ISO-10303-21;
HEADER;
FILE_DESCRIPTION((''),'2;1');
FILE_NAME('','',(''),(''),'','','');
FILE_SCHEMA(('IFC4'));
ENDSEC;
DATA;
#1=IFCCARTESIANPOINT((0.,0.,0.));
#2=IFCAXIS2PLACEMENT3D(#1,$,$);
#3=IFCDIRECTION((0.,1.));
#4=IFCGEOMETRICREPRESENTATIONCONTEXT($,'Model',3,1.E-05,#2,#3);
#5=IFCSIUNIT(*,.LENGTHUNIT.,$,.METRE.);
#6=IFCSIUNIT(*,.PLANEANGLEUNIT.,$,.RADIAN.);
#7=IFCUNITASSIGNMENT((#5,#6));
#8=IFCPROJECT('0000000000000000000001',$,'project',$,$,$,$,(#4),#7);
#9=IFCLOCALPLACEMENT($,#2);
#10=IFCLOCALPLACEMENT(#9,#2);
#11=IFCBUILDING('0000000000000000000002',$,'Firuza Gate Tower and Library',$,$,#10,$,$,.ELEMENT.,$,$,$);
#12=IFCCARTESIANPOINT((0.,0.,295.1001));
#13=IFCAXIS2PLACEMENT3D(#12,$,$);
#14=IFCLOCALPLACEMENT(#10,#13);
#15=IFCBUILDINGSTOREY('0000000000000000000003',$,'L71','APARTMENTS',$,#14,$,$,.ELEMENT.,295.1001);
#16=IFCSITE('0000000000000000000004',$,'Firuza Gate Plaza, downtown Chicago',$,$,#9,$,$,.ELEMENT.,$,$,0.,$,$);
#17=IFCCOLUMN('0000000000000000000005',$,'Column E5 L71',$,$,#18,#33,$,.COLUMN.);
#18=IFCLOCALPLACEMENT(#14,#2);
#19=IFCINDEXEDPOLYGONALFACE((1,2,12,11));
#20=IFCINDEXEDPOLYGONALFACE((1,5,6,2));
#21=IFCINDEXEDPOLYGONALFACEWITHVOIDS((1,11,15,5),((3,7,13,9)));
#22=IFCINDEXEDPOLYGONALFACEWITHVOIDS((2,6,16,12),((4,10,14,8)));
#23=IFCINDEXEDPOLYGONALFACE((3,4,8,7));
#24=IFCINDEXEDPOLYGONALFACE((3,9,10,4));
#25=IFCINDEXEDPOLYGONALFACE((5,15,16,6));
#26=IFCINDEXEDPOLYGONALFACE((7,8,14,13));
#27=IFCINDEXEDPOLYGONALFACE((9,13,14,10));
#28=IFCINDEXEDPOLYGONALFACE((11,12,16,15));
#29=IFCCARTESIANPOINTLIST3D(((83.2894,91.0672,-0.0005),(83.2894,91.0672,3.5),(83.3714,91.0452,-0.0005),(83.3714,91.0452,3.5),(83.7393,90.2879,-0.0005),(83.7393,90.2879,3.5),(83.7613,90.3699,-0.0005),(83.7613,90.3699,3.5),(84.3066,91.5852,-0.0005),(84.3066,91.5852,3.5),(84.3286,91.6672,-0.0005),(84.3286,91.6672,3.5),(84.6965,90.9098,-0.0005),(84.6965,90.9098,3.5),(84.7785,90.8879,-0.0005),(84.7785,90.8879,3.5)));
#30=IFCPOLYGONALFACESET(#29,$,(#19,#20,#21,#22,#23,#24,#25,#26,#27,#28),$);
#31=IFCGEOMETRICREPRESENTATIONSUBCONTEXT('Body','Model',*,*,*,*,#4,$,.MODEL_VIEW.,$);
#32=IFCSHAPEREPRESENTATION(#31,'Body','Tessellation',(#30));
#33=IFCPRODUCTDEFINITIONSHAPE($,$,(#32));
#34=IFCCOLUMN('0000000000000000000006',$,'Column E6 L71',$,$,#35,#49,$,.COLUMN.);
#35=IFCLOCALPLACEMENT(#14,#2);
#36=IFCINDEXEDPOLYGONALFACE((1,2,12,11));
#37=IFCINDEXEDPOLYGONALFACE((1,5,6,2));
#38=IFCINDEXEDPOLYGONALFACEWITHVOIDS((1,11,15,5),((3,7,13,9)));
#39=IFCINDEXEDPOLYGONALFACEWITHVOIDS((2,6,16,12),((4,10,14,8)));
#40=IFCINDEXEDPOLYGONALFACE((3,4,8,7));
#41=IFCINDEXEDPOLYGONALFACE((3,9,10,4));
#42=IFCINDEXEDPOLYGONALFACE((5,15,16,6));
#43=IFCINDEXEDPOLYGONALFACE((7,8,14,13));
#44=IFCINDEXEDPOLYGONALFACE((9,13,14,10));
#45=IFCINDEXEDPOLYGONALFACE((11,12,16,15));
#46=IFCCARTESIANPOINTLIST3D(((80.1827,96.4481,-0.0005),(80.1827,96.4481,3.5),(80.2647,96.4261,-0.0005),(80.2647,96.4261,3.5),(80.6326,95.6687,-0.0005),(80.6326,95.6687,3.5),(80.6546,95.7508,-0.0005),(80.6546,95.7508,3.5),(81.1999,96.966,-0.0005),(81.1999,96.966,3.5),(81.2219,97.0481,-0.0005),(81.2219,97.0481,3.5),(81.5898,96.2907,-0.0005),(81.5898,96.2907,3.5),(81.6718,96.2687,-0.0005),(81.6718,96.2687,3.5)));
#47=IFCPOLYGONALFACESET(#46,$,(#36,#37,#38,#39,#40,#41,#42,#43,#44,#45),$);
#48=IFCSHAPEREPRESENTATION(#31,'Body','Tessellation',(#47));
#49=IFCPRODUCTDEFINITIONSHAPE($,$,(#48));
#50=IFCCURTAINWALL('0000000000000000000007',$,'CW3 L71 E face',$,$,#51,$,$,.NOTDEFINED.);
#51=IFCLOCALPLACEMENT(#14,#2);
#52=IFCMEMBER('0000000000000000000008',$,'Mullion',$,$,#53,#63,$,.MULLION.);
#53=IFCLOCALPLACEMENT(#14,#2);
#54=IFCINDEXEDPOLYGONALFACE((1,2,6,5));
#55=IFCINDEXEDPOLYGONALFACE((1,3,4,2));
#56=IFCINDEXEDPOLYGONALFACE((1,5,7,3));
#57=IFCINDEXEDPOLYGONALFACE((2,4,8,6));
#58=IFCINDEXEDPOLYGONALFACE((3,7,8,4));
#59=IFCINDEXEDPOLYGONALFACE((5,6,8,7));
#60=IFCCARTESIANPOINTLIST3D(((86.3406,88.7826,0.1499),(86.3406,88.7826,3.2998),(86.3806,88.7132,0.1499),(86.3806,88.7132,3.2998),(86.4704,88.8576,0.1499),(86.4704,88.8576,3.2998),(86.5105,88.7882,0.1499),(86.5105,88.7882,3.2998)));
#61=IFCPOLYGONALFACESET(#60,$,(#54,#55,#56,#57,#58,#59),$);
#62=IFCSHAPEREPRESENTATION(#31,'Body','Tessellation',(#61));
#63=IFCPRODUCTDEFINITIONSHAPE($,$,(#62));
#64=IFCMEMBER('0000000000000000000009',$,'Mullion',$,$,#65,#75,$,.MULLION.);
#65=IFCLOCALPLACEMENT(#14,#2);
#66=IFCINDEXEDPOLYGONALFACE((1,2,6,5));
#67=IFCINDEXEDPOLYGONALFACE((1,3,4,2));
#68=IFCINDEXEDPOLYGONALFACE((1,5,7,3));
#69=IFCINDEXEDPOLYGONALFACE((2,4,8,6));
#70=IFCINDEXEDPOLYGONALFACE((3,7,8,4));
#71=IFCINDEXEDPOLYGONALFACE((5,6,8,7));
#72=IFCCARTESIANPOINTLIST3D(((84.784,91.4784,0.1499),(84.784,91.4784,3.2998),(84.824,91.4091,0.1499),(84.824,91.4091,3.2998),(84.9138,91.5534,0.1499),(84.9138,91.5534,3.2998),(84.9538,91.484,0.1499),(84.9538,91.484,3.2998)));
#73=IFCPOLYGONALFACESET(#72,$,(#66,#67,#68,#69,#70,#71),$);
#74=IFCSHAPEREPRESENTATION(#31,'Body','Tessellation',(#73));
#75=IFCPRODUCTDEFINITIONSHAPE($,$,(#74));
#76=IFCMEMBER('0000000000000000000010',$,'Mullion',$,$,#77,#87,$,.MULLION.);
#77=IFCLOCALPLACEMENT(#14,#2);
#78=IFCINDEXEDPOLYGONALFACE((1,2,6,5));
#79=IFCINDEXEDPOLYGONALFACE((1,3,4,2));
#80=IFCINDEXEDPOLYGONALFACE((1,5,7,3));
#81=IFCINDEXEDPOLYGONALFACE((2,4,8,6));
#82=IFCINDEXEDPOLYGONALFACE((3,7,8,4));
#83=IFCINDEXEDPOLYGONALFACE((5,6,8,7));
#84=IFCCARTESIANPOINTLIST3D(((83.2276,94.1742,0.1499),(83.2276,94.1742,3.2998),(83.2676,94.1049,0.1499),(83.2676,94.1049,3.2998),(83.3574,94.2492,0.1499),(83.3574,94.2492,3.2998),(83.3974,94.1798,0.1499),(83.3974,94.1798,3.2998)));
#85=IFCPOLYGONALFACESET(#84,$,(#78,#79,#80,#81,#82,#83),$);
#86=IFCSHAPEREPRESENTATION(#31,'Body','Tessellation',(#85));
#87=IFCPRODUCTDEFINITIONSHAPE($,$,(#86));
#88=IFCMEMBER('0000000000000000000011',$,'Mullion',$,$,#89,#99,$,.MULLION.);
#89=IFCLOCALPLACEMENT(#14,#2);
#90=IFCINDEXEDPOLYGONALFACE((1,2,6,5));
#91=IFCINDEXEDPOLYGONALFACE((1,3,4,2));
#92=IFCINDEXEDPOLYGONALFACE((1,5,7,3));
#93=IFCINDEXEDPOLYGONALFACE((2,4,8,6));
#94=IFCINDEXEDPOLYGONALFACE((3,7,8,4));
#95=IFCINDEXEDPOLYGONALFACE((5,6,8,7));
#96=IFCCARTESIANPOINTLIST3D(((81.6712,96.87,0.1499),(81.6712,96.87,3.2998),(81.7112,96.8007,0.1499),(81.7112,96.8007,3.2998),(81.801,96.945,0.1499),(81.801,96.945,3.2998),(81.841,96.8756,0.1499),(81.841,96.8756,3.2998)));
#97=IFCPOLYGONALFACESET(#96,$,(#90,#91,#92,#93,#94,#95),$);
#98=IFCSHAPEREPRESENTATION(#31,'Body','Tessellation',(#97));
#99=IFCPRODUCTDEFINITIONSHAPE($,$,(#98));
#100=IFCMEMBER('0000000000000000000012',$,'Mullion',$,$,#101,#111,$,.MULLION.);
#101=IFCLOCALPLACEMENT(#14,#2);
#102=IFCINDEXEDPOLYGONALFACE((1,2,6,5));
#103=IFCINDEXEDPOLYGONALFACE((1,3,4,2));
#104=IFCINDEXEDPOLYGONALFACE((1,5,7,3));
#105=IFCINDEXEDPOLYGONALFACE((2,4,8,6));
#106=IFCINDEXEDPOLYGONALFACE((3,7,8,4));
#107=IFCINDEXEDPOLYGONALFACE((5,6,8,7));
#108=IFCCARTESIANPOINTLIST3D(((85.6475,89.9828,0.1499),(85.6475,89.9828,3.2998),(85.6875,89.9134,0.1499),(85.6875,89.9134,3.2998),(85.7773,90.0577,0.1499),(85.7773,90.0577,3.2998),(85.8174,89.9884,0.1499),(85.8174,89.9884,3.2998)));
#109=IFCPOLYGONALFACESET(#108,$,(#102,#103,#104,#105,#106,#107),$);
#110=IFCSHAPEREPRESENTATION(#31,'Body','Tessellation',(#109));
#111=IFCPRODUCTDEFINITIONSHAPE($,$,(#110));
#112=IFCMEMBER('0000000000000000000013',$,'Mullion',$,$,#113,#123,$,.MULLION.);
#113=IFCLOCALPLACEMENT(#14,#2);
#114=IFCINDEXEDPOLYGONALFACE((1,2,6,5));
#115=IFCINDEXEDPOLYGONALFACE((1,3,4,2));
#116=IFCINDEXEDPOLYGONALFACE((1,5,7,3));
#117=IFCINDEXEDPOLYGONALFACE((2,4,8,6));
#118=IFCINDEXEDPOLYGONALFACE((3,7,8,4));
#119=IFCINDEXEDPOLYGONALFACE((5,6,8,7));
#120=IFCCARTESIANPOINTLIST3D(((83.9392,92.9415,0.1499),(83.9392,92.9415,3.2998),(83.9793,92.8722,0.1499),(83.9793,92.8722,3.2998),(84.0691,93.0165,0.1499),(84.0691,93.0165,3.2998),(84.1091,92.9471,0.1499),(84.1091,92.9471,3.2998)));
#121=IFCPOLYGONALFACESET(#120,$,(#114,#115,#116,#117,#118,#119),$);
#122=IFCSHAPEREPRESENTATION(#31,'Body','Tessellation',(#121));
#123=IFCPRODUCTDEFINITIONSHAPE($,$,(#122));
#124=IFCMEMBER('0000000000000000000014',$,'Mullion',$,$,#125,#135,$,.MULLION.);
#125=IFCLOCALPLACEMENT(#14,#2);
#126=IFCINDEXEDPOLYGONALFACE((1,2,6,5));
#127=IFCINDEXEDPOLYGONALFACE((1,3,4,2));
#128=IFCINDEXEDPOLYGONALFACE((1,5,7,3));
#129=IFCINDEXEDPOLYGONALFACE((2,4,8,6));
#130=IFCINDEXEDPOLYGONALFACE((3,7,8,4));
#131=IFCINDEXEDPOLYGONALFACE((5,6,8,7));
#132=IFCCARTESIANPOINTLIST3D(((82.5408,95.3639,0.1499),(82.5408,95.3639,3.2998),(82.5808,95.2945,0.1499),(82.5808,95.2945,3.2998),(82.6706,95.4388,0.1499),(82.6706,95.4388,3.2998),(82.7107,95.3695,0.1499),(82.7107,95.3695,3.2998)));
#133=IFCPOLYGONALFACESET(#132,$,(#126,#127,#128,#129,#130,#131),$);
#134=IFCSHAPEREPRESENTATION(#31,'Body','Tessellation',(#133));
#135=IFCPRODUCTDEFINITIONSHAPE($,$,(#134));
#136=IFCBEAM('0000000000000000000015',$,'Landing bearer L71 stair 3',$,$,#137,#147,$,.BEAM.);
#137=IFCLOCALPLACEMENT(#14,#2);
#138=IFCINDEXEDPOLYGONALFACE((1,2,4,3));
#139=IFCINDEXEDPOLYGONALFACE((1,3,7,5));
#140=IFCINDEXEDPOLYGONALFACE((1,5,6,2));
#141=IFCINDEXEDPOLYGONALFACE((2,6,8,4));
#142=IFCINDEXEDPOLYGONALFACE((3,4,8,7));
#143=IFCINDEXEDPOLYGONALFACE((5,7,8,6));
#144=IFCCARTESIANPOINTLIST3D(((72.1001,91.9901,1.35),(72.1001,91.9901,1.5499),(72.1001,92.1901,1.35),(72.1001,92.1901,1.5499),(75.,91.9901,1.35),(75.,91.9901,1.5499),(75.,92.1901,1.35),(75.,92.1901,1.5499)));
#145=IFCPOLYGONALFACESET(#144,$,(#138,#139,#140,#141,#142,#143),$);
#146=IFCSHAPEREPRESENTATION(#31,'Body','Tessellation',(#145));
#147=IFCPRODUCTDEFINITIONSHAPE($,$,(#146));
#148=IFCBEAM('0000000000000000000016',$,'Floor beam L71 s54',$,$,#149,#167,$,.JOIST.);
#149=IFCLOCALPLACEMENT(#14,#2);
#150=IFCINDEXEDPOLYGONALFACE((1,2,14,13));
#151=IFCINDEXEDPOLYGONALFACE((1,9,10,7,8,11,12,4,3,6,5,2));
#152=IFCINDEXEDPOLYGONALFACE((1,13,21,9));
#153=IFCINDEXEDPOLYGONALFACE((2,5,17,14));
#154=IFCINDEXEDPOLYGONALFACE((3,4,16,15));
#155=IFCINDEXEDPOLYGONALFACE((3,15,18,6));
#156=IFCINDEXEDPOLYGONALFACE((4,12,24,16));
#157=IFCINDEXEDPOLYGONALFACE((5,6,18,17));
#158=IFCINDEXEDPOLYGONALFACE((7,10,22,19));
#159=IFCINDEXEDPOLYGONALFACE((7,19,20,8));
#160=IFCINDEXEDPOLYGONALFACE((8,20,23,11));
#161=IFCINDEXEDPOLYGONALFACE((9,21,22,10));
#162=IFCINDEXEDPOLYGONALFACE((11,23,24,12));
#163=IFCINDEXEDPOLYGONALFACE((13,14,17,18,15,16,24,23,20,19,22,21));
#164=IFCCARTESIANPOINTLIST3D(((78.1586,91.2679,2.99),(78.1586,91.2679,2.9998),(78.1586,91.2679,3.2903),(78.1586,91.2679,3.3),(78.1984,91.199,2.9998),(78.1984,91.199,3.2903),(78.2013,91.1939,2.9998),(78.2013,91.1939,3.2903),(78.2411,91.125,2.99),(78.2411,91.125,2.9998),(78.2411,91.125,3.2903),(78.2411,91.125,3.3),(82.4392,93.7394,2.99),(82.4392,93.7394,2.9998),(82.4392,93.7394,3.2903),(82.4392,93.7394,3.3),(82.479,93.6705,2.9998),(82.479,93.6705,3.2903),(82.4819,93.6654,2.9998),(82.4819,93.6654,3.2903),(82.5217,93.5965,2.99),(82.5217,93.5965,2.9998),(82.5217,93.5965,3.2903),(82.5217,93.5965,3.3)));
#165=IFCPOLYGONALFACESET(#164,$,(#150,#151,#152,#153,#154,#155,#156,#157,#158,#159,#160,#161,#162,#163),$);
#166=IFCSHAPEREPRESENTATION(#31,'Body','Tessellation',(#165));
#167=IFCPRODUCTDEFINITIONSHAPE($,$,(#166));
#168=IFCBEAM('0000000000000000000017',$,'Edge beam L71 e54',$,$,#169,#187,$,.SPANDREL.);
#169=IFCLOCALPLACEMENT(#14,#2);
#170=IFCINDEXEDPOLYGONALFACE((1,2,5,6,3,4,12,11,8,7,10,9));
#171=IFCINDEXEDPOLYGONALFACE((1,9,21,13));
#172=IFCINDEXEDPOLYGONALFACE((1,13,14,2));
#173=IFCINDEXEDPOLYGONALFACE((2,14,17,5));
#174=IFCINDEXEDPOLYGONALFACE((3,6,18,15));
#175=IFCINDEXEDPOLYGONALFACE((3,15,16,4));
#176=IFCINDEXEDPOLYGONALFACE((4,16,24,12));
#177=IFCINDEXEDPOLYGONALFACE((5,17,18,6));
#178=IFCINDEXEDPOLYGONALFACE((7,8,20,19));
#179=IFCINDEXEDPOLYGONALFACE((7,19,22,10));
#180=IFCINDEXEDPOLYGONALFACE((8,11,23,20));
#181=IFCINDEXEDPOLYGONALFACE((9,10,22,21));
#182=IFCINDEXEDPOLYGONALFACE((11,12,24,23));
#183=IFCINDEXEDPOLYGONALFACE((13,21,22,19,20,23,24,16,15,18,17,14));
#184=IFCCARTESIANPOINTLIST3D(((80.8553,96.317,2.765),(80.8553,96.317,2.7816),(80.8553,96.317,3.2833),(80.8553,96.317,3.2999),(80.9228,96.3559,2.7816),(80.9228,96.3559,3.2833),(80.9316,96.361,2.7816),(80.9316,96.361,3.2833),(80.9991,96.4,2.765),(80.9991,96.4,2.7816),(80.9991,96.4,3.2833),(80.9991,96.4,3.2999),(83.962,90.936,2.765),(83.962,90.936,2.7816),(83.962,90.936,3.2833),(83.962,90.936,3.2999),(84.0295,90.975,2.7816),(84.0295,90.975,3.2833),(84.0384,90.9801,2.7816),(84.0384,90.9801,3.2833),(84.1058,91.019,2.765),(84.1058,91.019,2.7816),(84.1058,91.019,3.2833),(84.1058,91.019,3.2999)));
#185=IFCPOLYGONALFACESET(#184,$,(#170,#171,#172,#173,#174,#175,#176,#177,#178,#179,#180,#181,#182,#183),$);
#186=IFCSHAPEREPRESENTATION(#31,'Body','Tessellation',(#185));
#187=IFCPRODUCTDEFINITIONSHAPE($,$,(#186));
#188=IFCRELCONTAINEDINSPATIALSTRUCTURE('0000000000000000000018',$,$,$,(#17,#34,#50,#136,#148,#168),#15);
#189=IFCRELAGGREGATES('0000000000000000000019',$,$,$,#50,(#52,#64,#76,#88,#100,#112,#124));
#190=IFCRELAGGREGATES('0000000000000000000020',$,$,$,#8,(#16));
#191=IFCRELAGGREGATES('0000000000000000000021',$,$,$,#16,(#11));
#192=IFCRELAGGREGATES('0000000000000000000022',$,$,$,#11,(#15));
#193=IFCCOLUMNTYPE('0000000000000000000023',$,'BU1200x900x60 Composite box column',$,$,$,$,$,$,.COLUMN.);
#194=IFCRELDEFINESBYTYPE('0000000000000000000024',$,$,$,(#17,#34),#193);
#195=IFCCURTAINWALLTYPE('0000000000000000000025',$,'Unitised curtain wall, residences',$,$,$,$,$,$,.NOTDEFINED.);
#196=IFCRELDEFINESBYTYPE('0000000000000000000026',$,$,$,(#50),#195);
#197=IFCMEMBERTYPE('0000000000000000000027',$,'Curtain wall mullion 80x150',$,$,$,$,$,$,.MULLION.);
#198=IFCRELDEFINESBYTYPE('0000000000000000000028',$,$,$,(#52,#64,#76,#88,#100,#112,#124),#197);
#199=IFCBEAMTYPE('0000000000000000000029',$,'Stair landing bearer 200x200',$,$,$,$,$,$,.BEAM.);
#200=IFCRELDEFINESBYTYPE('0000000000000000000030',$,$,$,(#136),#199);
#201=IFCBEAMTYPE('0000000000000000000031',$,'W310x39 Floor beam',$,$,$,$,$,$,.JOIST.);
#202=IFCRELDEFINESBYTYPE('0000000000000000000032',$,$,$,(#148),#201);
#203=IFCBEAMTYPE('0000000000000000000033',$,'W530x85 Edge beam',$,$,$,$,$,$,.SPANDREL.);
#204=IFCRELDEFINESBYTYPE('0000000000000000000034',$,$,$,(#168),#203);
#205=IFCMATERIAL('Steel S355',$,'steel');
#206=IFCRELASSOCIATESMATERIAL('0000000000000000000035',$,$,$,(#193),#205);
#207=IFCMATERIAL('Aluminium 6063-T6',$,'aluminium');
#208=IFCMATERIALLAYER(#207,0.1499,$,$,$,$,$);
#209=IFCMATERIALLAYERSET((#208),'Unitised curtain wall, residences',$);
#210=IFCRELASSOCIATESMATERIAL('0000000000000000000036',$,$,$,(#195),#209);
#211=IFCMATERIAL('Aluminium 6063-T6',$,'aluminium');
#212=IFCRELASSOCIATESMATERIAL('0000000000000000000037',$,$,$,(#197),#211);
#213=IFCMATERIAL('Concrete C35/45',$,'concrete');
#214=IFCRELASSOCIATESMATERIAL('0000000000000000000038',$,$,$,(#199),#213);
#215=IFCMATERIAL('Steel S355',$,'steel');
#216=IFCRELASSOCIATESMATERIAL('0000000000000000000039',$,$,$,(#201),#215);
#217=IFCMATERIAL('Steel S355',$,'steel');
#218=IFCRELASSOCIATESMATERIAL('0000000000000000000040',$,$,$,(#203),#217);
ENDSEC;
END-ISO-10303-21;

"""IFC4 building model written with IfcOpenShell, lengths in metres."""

from ifc_helpers import new_model, si_unit, direction, frame, origin, origin_2d, place, context, subcontext, project, spatial, rectangle, hollow_rectangle, i_section, extrude, material, layer, layer_set, material_profile, profile_set, type_object, element, aggregate, save


model = new_model("IFC4")

# Units and contexts
model_context = context("Model", 3, precision=1e-05, world=origin(), true_north=direction((0.0, 1.0)))
body_context = subcontext(model_context, "Body", "Model", "MODEL_VIEW")
ifc_project = project(units=[si_unit("LENGTHUNIT", "METRE"), si_unit("PLANEANGLEUNIT", "RADIAN")], contexts=[model_context])

# Site, building, storey
site_placement = place(None, origin())
site = spatial("IfcSite", under=ifc_project, at=site_placement, Name="Firuza Gate Plaza, downtown Chicago", CompositionType="ELEMENT", RefElevation=0.0)
building_placement = place(site_placement, origin())
building = spatial("IfcBuilding", under=site, at=building_placement, Name="Firuza Gate Tower and Library", CompositionType="ELEMENT")
storey_placement = place(building_placement, frame((0.0, 0.0, 295.1001)))
storey = spatial("IfcBuildingStorey", under=building, at=storey_placement, Name="L71", Description="APARTMENTS", CompositionType="ELEMENT", Elevation=295.1001)

# Columns
ifc_material_1 = material(Name="Steel S355", Category="steel")
ifc_material_profile_1 = material_profile(ifc_material_1, hollow_rectangle(XDim=0.8999, YDim=1.2, WallThickness=0.0601, at=origin_2d()))
ifc_profile_set_1 = profile_set([ifc_material_profile_1], Name="Steel S355")
column_type = type_object("IfcColumnType", Name="BU1200x900x60 Composite box column", PredefinedType="COLUMN", material=ifc_profile_set_1)
for number, where, z_axis, x_axis, name in (
    (1, (84.0339, 90.9775, -0.0005), (0.0, 0.0, 1.0), (-0.5, 0.866025, 0.0), "Column E5 L71"),
    (2, (80.9272, 96.3584, -0.0005), (0.0, 0.0, 1.0), (-0.5, 0.866025, 0.0), "Column E6 L71"),
):
    element("IfcColumn", number, at=place(storey_placement, frame(where, z_axis=z_axis, x_axis=x_axis)), inside=storey, type_object=column_type, Name=name, PredefinedType="COLUMN", context=body_context, shape_type="SweptSolid", body=[
        extrude(hollow_rectangle(XDim=0.8999, YDim=1.2, WallThickness=0.0601, at=origin_2d()), origin(), (0.0, 0.0, 1.0), 3.5005),
    ])

# Curtain wall, members
ifc_material_2 = material(Name="Aluminium 6063-T6", Category="aluminium")
ifc_layer_1 = layer(ifc_material_2, 0.1499)
ifc_layer_set_1 = layer_set([ifc_layer_1], Name="Unitised curtain wall, residences")
curtain_wall_type = type_object("IfcCurtainWallType", Name="Unitised curtain wall, residences", PredefinedType="NOTDEFINED", material=ifc_layer_set_1)
curtain_wall_placement = place(storey_placement, origin())
curtain_wall = element("IfcCurtainWall", 3, at=curtain_wall_placement, inside=storey, type_object=curtain_wall_type, Name="CW3 L71 E face", PredefinedType="NOTDEFINED")
ifc_material_3 = material(Name="Aluminium 6063-T6", Category="aluminium")
ifc_material_profile_2 = material_profile(ifc_material_3, rectangle(XDim=0.1499, YDim=0.0801, at=origin_2d()))
ifc_profile_set_2 = profile_set([ifc_material_profile_2], Name="Aluminium 6063-T6")
member_type = type_object("IfcMemberType", Name="Curtain wall mullion 80x150", PredefinedType="MULLION", material=ifc_profile_set_2)
member_1_placement = place(storey_placement, frame((86.4255, 88.7854, 0.1499), z_axis=(0.0, 0.0, 1.0), x_axis=(-0.866025, -0.5, 0.0)))
member_1 = element("IfcMember", 4, at=member_1_placement, type_object=member_type, Name="Mullion", PredefinedType="MULLION", context=body_context, shape_type="SweptSolid", body=[
    extrude(rectangle(XDim=0.1499, YDim=0.0801, at=origin_2d()), origin(), (0.0, 0.0, 1.0), 3.1499),
])
member_2_placement = place(storey_placement, frame((84.8689, 91.4812, 0.1499), z_axis=(0.0, 0.0, 1.0), x_axis=(-0.866025, -0.5, 0.0)))
member_2 = element("IfcMember", 5, at=member_2_placement, type_object=member_type, Name="Mullion", PredefinedType="MULLION", context=body_context, shape_type="SweptSolid", body=[
    extrude(rectangle(XDim=0.1499, YDim=0.0801, at=origin_2d()), origin(), (0.0, 0.0, 1.0), 3.1499),
])
member_3_placement = place(storey_placement, frame((83.3125, 94.177, 0.1499), z_axis=(0.0, 0.0, 1.0), x_axis=(-0.866025, -0.5, 0.0)))
member_3 = element("IfcMember", 6, at=member_3_placement, type_object=member_type, Name="Mullion", PredefinedType="MULLION", context=body_context, shape_type="SweptSolid", body=[
    extrude(rectangle(XDim=0.1499, YDim=0.0801, at=origin_2d()), origin(), (0.0, 0.0, 1.0), 3.1499),
])
member_4_placement = place(storey_placement, frame((81.7561, 96.8728, 0.1499), z_axis=(0.0, 0.0, 1.0), x_axis=(-0.866025, -0.5, 0.0)))
member_4 = element("IfcMember", 7, at=member_4_placement, type_object=member_type, Name="Mullion", PredefinedType="MULLION", context=body_context, shape_type="SweptSolid", body=[
    extrude(rectangle(XDim=0.1499, YDim=0.0801, at=origin_2d()), origin(), (0.0, 0.0, 1.0), 3.1499),
])
member_5_placement = place(storey_placement, frame((85.7324, 89.9856, 0.1499), z_axis=(0.0, 0.0, 1.0), x_axis=(-0.866025, -0.5, 0.0)))
member_5 = element("IfcMember", 8, at=member_5_placement, type_object=member_type, Name="Mullion", PredefinedType="MULLION", context=body_context, shape_type="SweptSolid", body=[
    extrude(rectangle(XDim=0.1499, YDim=0.0801, at=origin_2d()), origin(), (0.0, 0.0, 1.0), 3.1499),
])
member_6_placement = place(storey_placement, frame((84.0242, 92.9443, 0.1499), z_axis=(0.0, 0.0, 1.0), x_axis=(-0.866025, -0.5, 0.0)))
member_6 = element("IfcMember", 9, at=member_6_placement, type_object=member_type, Name="Mullion", PredefinedType="MULLION", context=body_context, shape_type="SweptSolid", body=[
    extrude(rectangle(XDim=0.1499, YDim=0.0801, at=origin_2d()), origin(), (0.0, 0.0, 1.0), 3.1499),
])
member_7_placement = place(storey_placement, frame((82.6257, 95.3667, 0.1499), z_axis=(0.0, 0.0, 1.0), x_axis=(-0.866025, -0.5, 0.0)))
member_7 = element("IfcMember", 10, at=member_7_placement, type_object=member_type, Name="Mullion", PredefinedType="MULLION", context=body_context, shape_type="SweptSolid", body=[
    extrude(rectangle(XDim=0.1499, YDim=0.0801, at=origin_2d()), origin(), (0.0, 0.0, 1.0), 3.1499),
])

# Beams
ifc_material_4 = material(Name="Concrete C35/45", Category="concrete")
ifc_material_profile_3 = material_profile(ifc_material_4, rectangle(XDim=0.2, YDim=0.2, at=origin_2d()))
ifc_profile_set_3 = profile_set([ifc_material_profile_3], Name="Concrete C35/45")
beam_type_1 = type_object("IfcBeamType", Name="Stair landing bearer 200x200", PredefinedType="BEAM", material=ifc_profile_set_3)
beam_1_placement = place(storey_placement, frame((75.0, 92.0901, 1.45), z_axis=(-1.0, 0.0, 0.0), x_axis=(0.0, -1.0, 0.0)))
element("IfcBeam", 11, at=beam_1_placement, inside=storey, type_object=beam_type_1, Name="Landing bearer L71 stair 3", PredefinedType="BEAM", context=body_context, shape_type="SweptSolid", body=[
    extrude(rectangle(XDim=0.2, YDim=0.2, at=origin_2d()), origin(), (0.0, 0.0, 1.0), 2.8999),
])
ifc_material_5 = material(Name="Steel S355", Category="steel")
ifc_material_profile_4 = material_profile(ifc_material_5, i_section(OverallWidth=0.165, OverallDepth=0.3101, WebThickness=0.0059, FlangeThickness=0.0098, at=origin_2d()))
ifc_profile_set_4 = profile_set([ifc_material_profile_4], Name="Steel S355")
beam_type_2 = type_object("IfcBeamType", Name="W310x39 Floor beam", PredefinedType="JOIST", material=ifc_profile_set_4)
beam_2_placement = place(storey_placement, frame((82.4805, 93.668, 3.145), z_axis=(-0.866019, -0.500012, 0.0), x_axis=(0.500012, -0.866019, 0.0)))
element("IfcBeam", 12, at=beam_2_placement, inside=storey, type_object=beam_type_2, Name="Floor beam L71 s54", PredefinedType="JOIST", context=body_context, shape_type="SweptSolid", body=[
    extrude(i_section(OverallWidth=0.165, OverallDepth=0.3101, WebThickness=0.0059, FlangeThickness=0.0098, at=origin_2d()), origin(), (0.0, 0.0, 1.0), 4.9429),
])
ifc_material_6 = material(Name="Steel S355", Category="steel")
ifc_material_profile_5 = material_profile(ifc_material_6, i_section(OverallWidth=0.166, OverallDepth=0.5349, WebThickness=0.0103, FlangeThickness=0.0166, at=origin_2d()))
ifc_profile_set_5 = profile_set([ifc_material_profile_5], Name="Steel S355")
beam_type_3 = type_object("IfcBeamType", Name="W530x85 Edge beam", PredefinedType="SPANDREL", material=ifc_profile_set_5)
beam_3_placement = place(storey_placement, frame((84.0339, 90.9775, 3.0325), z_axis=(-0.500006, 0.866022, 0.0), x_axis=(-0.866022, -0.500006, 0.0)))
element("IfcBeam", 13, at=beam_3_placement, inside=storey, type_object=beam_type_3, Name="Edge beam L71 e54", PredefinedType="SPANDREL", context=body_context, shape_type="SweptSolid", body=[
    extrude(i_section(OverallWidth=0.166, OverallDepth=0.5349, WebThickness=0.0103, FlangeThickness=0.0166, at=origin_2d()), origin(), (0.0, 0.0, 1.0), 6.2134),
])

aggregate(curtain_wall, [member_1, member_2, member_3, member_4, member_5, member_6, member_7])

save(model, "model.ifc")
